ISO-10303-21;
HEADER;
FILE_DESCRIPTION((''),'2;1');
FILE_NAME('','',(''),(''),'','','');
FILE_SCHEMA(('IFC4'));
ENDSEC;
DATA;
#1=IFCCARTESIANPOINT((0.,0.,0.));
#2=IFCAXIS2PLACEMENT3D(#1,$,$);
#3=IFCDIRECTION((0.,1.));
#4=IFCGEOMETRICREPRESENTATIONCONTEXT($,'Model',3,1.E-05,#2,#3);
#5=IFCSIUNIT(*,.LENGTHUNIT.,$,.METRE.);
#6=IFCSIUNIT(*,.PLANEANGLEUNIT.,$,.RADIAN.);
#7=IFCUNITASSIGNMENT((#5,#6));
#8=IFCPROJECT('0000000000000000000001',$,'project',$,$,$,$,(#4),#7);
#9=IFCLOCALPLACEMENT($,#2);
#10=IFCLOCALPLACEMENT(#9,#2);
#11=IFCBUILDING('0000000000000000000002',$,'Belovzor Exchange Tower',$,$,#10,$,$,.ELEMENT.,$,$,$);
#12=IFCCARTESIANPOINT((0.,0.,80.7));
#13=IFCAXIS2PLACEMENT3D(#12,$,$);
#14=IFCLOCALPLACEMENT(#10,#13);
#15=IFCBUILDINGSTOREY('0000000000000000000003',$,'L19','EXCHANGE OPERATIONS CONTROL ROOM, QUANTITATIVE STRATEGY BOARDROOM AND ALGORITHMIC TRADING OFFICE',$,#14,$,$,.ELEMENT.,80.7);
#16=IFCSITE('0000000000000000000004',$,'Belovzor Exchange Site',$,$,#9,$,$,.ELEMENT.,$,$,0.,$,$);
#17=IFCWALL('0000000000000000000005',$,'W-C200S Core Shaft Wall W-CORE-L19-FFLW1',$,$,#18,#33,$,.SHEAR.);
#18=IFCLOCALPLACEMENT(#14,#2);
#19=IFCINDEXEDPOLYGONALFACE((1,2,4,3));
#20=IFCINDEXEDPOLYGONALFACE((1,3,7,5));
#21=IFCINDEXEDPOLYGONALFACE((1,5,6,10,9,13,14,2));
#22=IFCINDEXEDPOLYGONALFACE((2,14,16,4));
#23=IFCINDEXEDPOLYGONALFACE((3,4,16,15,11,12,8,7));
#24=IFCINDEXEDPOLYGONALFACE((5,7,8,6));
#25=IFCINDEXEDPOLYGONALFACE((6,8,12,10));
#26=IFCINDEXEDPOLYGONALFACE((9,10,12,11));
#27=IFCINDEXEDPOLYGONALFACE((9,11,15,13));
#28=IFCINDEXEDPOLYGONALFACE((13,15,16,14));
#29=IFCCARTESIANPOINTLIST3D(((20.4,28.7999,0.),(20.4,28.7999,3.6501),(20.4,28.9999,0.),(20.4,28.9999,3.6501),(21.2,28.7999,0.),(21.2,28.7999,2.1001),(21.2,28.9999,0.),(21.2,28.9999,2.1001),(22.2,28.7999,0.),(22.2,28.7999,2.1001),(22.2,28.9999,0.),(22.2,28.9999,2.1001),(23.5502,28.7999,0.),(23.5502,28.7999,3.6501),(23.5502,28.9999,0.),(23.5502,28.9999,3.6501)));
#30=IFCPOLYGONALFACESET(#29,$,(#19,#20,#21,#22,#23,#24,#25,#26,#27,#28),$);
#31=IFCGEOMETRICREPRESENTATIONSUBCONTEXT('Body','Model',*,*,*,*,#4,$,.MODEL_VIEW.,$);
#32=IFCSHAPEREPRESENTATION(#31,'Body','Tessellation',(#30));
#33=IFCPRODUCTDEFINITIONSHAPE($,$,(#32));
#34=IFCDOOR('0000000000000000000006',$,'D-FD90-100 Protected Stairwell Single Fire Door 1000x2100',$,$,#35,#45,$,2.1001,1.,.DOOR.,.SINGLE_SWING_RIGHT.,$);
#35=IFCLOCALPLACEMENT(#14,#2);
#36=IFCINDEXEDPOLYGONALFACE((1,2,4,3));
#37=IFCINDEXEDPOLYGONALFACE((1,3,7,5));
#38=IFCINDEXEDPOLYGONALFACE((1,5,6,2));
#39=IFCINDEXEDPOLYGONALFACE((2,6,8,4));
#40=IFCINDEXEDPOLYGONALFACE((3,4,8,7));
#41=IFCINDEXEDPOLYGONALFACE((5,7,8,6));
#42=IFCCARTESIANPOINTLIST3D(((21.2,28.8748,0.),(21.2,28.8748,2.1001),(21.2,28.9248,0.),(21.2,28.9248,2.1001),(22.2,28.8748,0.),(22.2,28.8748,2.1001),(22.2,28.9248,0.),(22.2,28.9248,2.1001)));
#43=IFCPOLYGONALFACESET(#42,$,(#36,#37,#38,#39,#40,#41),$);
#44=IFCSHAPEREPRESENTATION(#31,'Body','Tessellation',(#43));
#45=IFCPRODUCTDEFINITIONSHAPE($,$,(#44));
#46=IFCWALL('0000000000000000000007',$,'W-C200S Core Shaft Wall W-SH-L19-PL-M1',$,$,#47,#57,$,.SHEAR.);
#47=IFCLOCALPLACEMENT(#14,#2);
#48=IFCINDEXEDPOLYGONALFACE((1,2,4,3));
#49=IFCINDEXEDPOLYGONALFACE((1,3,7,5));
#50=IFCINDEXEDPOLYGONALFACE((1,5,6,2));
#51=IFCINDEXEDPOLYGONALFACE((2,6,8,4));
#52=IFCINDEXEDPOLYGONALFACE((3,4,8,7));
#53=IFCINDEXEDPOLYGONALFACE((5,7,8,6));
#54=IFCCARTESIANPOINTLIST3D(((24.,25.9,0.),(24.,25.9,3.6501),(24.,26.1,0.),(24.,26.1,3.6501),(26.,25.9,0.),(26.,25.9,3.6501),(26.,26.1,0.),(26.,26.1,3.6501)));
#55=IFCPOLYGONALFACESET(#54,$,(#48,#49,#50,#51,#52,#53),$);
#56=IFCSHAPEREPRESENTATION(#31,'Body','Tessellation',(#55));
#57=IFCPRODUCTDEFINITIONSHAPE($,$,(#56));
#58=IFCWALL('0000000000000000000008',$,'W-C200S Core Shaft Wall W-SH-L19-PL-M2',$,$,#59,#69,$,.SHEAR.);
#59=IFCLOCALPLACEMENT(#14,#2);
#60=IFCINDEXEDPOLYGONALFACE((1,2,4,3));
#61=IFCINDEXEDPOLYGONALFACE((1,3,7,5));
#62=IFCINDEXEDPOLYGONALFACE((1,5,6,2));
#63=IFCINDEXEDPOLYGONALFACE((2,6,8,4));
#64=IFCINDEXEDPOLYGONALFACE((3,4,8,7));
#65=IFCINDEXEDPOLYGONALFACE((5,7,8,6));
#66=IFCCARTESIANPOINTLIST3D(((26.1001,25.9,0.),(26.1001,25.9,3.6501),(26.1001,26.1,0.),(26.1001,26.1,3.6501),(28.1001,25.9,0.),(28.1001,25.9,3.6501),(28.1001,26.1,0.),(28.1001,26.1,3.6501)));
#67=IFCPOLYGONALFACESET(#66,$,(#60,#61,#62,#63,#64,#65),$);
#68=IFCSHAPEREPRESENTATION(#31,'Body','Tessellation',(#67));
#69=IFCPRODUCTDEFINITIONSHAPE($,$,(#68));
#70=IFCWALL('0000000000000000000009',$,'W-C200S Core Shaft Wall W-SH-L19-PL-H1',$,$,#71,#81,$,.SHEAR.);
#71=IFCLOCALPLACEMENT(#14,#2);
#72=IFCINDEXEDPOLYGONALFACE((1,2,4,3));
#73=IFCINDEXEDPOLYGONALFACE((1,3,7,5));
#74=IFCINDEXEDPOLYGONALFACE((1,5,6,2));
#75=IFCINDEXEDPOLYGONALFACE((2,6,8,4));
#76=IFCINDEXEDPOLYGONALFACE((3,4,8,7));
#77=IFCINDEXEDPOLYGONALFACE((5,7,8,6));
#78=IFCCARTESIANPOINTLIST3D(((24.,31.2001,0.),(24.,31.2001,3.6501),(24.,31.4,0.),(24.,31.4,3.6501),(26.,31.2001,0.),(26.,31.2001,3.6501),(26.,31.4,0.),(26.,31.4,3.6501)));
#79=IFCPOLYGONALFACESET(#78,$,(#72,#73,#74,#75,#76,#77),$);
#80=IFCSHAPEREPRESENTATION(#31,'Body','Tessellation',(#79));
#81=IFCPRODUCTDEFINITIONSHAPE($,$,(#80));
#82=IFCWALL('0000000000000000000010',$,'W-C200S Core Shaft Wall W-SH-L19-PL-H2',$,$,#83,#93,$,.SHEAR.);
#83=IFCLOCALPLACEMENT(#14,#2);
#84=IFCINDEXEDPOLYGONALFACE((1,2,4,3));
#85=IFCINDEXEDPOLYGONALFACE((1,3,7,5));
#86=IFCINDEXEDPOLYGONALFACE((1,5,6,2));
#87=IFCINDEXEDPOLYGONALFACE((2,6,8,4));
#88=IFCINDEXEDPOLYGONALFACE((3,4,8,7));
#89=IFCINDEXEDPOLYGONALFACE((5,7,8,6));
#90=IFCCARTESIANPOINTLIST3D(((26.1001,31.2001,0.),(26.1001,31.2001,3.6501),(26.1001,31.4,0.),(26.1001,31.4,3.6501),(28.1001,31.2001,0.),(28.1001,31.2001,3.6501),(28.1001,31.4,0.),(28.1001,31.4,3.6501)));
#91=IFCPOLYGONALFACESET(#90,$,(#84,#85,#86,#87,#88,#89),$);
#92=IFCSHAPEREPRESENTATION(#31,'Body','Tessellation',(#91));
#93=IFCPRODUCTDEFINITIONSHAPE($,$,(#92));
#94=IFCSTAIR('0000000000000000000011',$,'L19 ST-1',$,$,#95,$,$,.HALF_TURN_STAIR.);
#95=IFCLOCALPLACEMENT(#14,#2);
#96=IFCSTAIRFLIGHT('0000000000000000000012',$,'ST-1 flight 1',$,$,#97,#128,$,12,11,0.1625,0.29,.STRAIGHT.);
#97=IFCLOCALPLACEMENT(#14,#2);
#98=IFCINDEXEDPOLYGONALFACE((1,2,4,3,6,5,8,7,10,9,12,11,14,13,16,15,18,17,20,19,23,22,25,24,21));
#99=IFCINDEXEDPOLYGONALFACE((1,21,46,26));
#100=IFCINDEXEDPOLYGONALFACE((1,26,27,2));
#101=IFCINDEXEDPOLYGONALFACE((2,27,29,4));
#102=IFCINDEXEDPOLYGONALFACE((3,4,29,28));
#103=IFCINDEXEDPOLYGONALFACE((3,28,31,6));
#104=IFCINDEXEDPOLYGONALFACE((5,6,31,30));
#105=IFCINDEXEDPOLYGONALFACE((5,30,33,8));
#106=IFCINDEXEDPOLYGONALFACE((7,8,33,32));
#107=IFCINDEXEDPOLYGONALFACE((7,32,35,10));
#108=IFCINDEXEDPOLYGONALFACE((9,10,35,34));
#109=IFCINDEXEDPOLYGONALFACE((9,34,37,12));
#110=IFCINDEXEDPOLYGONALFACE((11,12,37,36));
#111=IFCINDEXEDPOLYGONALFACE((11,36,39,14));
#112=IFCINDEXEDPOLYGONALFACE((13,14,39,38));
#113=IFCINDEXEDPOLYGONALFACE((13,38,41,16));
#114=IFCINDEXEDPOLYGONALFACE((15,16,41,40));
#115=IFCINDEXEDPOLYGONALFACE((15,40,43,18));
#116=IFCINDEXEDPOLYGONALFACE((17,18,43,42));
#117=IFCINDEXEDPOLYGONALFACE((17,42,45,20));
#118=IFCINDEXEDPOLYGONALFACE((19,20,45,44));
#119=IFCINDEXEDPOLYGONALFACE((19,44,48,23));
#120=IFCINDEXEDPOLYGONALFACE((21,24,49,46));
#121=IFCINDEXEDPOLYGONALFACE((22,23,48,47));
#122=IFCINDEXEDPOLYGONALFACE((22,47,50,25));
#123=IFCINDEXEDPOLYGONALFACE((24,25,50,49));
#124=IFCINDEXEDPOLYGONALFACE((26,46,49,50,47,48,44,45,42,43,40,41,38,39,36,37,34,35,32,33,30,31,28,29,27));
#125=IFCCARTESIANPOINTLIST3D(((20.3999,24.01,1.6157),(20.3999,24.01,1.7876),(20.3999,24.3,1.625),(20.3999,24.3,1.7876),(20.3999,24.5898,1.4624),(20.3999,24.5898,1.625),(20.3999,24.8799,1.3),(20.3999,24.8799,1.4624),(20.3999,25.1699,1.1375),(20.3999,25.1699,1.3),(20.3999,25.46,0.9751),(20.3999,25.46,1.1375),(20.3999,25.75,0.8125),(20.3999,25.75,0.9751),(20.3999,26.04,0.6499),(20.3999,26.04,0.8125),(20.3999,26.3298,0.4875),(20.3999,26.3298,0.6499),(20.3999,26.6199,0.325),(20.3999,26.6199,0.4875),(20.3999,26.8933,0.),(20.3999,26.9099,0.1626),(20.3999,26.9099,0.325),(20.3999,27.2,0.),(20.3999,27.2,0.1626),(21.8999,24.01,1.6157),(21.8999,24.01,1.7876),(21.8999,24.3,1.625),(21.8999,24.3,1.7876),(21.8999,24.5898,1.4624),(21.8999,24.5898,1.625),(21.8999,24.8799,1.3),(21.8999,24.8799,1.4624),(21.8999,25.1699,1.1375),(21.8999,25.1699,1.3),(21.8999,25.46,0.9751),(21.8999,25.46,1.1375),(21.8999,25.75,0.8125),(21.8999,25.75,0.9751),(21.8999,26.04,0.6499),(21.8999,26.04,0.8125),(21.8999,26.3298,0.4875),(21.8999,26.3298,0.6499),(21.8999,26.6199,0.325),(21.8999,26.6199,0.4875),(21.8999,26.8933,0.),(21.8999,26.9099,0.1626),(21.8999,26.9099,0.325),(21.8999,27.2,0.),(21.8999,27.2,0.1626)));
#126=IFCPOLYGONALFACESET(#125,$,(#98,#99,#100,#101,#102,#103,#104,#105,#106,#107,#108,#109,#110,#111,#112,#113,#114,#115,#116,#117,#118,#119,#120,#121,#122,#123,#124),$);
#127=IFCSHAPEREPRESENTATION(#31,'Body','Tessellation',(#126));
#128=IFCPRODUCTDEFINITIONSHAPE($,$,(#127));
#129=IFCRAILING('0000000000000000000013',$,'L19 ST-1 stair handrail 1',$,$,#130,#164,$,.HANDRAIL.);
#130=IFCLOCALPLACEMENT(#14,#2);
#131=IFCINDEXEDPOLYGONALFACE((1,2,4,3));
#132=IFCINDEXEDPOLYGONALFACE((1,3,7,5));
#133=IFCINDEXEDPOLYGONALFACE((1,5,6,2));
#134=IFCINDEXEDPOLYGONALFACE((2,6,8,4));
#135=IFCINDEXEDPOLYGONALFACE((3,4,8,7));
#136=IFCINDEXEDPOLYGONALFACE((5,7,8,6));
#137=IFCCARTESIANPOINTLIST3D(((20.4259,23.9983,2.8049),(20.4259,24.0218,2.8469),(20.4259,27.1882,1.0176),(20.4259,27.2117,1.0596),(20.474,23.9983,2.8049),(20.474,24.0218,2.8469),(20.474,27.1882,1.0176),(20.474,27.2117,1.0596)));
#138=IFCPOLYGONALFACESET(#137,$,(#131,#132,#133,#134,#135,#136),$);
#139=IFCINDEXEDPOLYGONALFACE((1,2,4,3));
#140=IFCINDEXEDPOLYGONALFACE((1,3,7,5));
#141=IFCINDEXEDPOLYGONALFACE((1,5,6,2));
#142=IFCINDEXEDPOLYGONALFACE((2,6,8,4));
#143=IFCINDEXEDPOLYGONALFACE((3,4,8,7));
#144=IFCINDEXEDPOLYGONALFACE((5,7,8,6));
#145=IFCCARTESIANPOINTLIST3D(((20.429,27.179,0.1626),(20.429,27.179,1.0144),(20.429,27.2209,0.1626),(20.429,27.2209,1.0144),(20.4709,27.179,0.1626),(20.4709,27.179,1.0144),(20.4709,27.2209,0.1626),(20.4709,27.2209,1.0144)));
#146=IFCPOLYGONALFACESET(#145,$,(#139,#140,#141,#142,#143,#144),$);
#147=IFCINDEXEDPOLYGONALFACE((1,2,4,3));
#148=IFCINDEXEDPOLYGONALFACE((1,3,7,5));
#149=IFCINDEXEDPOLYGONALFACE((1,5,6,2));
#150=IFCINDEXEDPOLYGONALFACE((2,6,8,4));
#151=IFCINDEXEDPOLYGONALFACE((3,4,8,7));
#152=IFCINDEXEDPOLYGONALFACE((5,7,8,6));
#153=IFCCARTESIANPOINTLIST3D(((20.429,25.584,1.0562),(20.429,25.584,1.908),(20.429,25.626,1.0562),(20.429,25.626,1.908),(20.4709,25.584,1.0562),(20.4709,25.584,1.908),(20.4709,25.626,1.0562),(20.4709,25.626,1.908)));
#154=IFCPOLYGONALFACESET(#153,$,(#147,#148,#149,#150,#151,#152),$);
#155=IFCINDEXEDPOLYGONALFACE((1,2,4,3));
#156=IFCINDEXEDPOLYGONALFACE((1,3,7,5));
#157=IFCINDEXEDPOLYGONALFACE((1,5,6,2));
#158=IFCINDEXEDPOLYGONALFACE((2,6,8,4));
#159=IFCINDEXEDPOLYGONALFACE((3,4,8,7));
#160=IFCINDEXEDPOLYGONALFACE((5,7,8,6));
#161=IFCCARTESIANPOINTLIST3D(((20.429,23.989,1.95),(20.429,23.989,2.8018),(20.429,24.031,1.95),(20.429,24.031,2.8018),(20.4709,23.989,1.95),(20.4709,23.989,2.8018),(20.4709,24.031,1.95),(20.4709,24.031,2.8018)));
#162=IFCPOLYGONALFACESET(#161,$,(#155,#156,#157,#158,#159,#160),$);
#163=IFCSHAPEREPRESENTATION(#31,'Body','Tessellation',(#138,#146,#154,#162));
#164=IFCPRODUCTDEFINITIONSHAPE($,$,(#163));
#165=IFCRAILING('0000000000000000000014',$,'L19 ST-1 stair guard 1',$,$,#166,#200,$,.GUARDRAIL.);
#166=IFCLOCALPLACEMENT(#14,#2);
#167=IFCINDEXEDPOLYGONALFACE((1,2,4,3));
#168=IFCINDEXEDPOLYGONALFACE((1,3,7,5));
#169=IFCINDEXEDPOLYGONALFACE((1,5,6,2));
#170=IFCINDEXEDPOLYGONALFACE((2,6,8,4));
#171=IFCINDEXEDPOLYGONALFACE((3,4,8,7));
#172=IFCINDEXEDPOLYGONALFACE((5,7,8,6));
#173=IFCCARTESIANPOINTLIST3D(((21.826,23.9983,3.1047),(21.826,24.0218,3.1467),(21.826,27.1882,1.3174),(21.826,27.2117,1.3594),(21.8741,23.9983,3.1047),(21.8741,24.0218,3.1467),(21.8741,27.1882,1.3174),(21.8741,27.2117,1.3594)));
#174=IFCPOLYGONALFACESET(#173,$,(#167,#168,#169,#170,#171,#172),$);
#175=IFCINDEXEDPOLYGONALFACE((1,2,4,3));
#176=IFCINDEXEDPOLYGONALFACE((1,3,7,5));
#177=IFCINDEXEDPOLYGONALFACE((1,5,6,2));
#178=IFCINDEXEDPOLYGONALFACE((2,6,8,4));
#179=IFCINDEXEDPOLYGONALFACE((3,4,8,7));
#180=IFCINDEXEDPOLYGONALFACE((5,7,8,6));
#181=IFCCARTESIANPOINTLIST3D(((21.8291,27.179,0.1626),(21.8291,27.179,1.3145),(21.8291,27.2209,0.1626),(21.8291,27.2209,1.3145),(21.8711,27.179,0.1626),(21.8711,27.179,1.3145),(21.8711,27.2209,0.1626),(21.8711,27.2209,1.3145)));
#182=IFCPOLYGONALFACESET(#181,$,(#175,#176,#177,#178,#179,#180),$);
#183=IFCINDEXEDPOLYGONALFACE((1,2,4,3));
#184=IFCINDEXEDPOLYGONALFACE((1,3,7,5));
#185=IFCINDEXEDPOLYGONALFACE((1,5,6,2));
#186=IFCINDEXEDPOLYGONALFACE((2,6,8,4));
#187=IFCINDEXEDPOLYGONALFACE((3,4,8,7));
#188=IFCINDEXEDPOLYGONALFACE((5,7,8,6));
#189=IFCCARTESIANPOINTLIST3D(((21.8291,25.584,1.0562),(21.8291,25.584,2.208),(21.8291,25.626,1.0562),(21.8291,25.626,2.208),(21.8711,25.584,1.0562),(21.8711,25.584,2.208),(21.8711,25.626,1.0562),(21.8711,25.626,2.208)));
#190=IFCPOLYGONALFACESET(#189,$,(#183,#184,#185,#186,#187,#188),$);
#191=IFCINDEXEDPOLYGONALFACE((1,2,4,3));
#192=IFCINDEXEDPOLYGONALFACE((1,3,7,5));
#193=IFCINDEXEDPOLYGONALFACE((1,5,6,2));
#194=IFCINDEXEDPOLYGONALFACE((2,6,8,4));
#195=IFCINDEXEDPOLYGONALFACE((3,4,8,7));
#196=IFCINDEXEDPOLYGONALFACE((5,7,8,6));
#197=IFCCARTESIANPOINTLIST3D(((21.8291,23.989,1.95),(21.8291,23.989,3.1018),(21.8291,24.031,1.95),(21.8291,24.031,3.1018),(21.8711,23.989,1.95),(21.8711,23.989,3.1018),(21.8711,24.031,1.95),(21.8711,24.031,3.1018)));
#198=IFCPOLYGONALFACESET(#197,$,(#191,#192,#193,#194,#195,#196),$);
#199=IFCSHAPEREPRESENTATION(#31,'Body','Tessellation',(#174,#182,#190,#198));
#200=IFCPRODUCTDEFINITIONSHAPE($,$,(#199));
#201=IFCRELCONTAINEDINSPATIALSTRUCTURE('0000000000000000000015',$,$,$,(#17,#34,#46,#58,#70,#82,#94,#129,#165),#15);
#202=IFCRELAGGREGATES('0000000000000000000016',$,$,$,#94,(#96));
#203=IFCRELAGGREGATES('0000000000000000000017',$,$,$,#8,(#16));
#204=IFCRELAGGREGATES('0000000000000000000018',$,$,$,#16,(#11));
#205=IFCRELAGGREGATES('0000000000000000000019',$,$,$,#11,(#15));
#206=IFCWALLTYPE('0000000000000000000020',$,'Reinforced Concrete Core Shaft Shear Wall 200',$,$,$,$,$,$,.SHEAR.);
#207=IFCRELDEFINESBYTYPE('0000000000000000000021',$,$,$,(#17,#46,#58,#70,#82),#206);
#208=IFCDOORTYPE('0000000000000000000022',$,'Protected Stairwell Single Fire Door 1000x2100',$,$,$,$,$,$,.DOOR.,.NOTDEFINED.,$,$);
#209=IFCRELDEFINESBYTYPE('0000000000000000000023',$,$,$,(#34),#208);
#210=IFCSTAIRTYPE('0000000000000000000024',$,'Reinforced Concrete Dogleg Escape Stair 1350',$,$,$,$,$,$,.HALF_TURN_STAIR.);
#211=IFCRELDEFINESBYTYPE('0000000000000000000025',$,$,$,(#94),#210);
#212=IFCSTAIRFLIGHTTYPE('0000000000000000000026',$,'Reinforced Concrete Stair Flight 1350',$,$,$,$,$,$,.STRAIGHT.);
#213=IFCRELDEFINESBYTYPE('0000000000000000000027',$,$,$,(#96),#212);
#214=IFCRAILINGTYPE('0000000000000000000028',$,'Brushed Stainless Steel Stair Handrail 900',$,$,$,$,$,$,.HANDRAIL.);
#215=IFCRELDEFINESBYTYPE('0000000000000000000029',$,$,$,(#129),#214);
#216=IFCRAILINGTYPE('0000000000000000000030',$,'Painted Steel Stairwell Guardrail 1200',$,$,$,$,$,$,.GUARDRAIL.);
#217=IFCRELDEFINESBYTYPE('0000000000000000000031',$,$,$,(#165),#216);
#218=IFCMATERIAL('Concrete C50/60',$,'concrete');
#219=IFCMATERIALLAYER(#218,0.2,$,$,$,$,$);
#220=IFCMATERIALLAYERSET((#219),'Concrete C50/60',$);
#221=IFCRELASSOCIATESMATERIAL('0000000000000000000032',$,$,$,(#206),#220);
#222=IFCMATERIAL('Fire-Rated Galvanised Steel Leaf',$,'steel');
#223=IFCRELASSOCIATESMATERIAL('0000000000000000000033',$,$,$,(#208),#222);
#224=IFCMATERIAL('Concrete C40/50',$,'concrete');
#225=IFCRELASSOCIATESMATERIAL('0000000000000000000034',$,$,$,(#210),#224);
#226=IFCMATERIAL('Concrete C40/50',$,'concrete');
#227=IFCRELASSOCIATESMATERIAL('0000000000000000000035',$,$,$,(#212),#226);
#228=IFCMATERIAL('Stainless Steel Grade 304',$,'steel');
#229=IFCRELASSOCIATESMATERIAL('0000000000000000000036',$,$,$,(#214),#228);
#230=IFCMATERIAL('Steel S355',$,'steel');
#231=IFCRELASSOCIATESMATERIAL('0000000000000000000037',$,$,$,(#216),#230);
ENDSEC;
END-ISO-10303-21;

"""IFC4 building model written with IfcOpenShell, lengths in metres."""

from ifc_helpers import new_model, si_unit, direction, frame, frame_2d, origin, origin_2d, place, context, subcontext, project, spatial, polyline, rectangle, outline, extrude, material, layer, layer_set, type_object, element, fill, aggregate, save


model = new_model("IFC4")

# Units and contexts
model_context = context("Model", 3, precision=1e-05, world=origin(), true_north=direction((0.0, 1.0)))
body_context = subcontext(model_context, "Body", "Model", "MODEL_VIEW")
ifc_project = project(units=[si_unit("LENGTHUNIT", "METRE"), si_unit("PLANEANGLEUNIT", "RADIAN")], contexts=[model_context])

# Site, building, storey
site_placement = place(None, origin())
site = spatial("IfcSite", under=ifc_project, at=site_placement, Name="Belovzor Exchange Site", CompositionType="ELEMENT", RefElevation=0.0)
building_placement = place(site_placement, origin())
building = spatial("IfcBuilding", under=site, at=building_placement, Name="Belovzor Exchange Tower", CompositionType="ELEMENT")
storey_placement = place(building_placement, frame((0.0, 0.0, 80.7)))
storey = spatial("IfcBuildingStorey", under=building, at=storey_placement, Name="L19", Description="EXCHANGE OPERATIONS CONTROL ROOM, QUANTITATIVE STRATEGY BOARDROOM AND ALGORITHMIC TRADING OFFICE", CompositionType="ELEMENT", Elevation=80.7)

# Wall, opening, door
ifc_material_1 = material(Name="Concrete C50/60", Category="concrete")
ifc_layer_1 = layer(ifc_material_1, 0.2)
ifc_layer_set_1 = layer_set([ifc_layer_1], Name="Concrete C50/60")
wall_type_1 = type_object("IfcWallType", Name="Reinforced Concrete Core Shaft Shear Wall 200", PredefinedType="SHEAR", material=ifc_layer_set_1)
wall_1_placement = place(storey_placement, frame((20.3999, 28.8999, 0.0), z_axis=(0.0, 0.0, 1.0), x_axis=(1.0, 0.0, 0.0)))
wall_1 = element("IfcWall", 1, at=wall_1_placement, inside=storey, type_object=wall_type_1, Name="W-C200S Core Shaft Wall W-CORE-L19-FFLW1", PredefinedType="SHEAR", context=body_context, shape_type="SweptSolid", body=[
    extrude(rectangle(XDim=3.1501, YDim=0.2, at=frame_2d((1.5752, 0.0))), origin(), (0.0, 0.0, 1.0), 3.6501),
])
opening_1_placement = place(wall_1_placement, frame((0.8, 0.0, 0.0)))
opening_1 = element("IfcOpeningElement", 2, at=opening_1_placement, cuts=wall_1, PredefinedType="OPENING", context=body_context, shape_type="SweptSolid", body=[
    extrude(rectangle(XDim=1.0, YDim=2.1001, at=frame_2d((0.5, 1.05))), frame((0.0, 0.1099, 0.0), z_axis=(0.0, -1.0, 0.0), x_axis=(1.0, 0.0, 0.0)), (0.0, 0.0, 1.0), 0.22),
])
ifc_material_2 = material(Name="Fire-Rated Galvanised Steel Leaf", Category="steel")
door_type_1 = type_object("IfcDoorType", Name="Protected Stairwell Single Fire Door 1000x2100", OperationType="NOTDEFINED", PredefinedType="DOOR", material=ifc_material_2)
door_1_placement = place(opening_1_placement, origin())
door_1 = element("IfcDoor", 3, at=door_1_placement, inside=storey, type_object=door_type_1, Name="D-FD90-100 Protected Stairwell Single Fire Door 1000x2100", OperationType="SINGLE_SWING_RIGHT", OverallHeight=2.1001, OverallWidth=1.0, PredefinedType="DOOR", context=body_context, shape_type="SweptSolid", body=[
    extrude(rectangle(XDim=1.0, YDim=2.1001, at=frame_2d((0.5, 1.05))), frame((0.0, 0.0249, 0.0), z_axis=(0.0, -1.0, 0.0), x_axis=(1.0, 0.0, 0.0)), (0.0, 0.0, 1.0), 0.05),
])
fill(opening_1, door_1)

# Walls
for number, where, z_axis, x_axis, name in (
    (4, (24.0, 26.0, 0.0), (0.0, 0.0, 1.0), (1.0, 0.0, 0.0), "W-C200S Core Shaft Wall W-SH-L19-PL-M1"),
    (5, (26.1001, 26.0, 0.0), (0.0, 0.0, 1.0), (1.0, 0.0, 0.0), "W-C200S Core Shaft Wall W-SH-L19-PL-M2"),
    (6, (24.0, 31.3, 0.0), (0.0, 0.0, 1.0), (1.0, 0.0, 0.0), "W-C200S Core Shaft Wall W-SH-L19-PL-H1"),
    (7, (26.1001, 31.3, 0.0), (0.0, 0.0, 1.0), (1.0, 0.0, 0.0), "W-C200S Core Shaft Wall W-SH-L19-PL-H2"),
):
    element("IfcWall", number, at=place(storey_placement, frame(where, z_axis=z_axis, x_axis=x_axis)), inside=storey, type_object=wall_type_1, Name=name, PredefinedType="SHEAR", context=body_context, shape_type="SweptSolid", body=[
        extrude(rectangle(XDim=2.0, YDim=0.2, at=frame_2d((1.0, 0.0))), origin(), (0.0, 0.0, 1.0), 3.6501),
    ])

# Stair, stair flight
ifc_material_3 = material(Name="Concrete C40/50", Category="concrete")
stair_type = type_object("IfcStairType", Name="Reinforced Concrete Dogleg Escape Stair 1350", PredefinedType="HALF_TURN_STAIR", material=ifc_material_3)
stair_placement = place(storey_placement, origin())
stair = element("IfcStair", 8, at=stair_placement, inside=storey, type_object=stair_type, Name="L19 ST-1", PredefinedType="HALF_TURN_STAIR")
ifc_material_4 = material(Name="Concrete C40/50", Category="concrete")
stair_flight_type = type_object("IfcStairFlightType", Name="Reinforced Concrete Stair Flight 1350", PredefinedType="STRAIGHT", material=ifc_material_4)
stair_flight_placement = place(storey_placement, frame((21.1499, 27.2, 0.0), z_axis=(0.0, 0.0, 1.0), x_axis=(0.0, -1.0, 0.0)))
stair_flight = element("IfcStairFlight", 9, at=stair_flight_placement, type_object=stair_flight_type, Name="ST-1 flight 1", NumberOfRisers=12, NumberOfTreads=11, PredefinedType="STRAIGHT", RiserHeight=0.1625, TreadLength=0.29, context=body_context, shape_type="SweptSolid", body=[
    extrude(outline(polyline([(0.0, 0.0), (0.0, 0.1626), (0.29, 0.1626), (0.29, 0.325), (0.5801, 0.325), (0.5801, 0.4875), (0.8701, 0.4875), (0.8701, 0.6499), (1.1599, 0.6499), (1.1599, 0.8125), (1.45, 0.8125), (1.45, 0.9751), (1.74, 0.9751), (1.74, 1.1375), (2.03, 1.1375), (2.03, 1.3), (2.3201, 1.3), (2.3201, 1.4624), (2.6101, 1.4624), (2.6101, 1.625), (2.8999, 1.625), (2.8999, 1.7876), (3.1899, 1.7876), (3.1899, 1.95), (3.1899, 1.6157), (0.3066, 0.0), (0.0, 0.0)])), frame((0.0, 0.75, 0.0), z_axis=(0.0, -1.0, 0.0), x_axis=(1.0, 0.0, 0.0)), (0.0, 0.0, 1.0), 1.5),
])
aggregate(stair, [stair_flight])

# Railings
ifc_material_5 = material(Name="Stainless Steel Grade 304", Category="steel")
railing_type_1 = type_object("IfcRailingType", Name="Brushed Stainless Steel Stair Handrail 900", PredefinedType="HANDRAIL", material=ifc_material_5)
railing_1_placement = place(storey_placement, frame((20.45, 27.2, 0.1626)))
element("IfcRailing", 10, at=railing_1_placement, inside=storey, type_object=railing_type_1, Name="L19 ST-1 stair handrail 1", PredefinedType="HANDRAIL", context=body_context, shape_type="SweptSolid", body=[
    extrude(rectangle(XDim=0.0481, YDim=0.0481, at=origin_2d()), frame((0.0, 0.0, 0.876), z_axis=(0.0, -0.872391, 0.488809), x_axis=(1.0, 0.0, 0.0)), (0.0, 0.0, 1.0), 3.6565),
    extrude(rectangle(XDim=0.042, YDim=0.042, at=origin_2d()), origin(), (0.0, 0.0, 1.0), 0.8518),
    extrude(rectangle(XDim=0.042, YDim=0.042, at=origin_2d()), frame((0.0, -1.595, 0.8936)), (0.0, 0.0, 1.0), 0.8518),
    extrude(rectangle(XDim=0.042, YDim=0.042, at=origin_2d()), frame((0.0, -3.1899, 1.7874)), (0.0, 0.0, 1.0), 0.8518),
])
ifc_material_6 = material(Name="Steel S355", Category="steel")
railing_type_2 = type_object("IfcRailingType", Name="Painted Steel Stairwell Guardrail 1200", PredefinedType="GUARDRAIL", material=ifc_material_6)
railing_2_placement = place(storey_placement, frame((21.8501, 27.2, 0.1626)))
element("IfcRailing", 11, at=railing_2_placement, inside=storey, type_object=railing_type_2, Name="L19 ST-1 stair guard 1", PredefinedType="GUARDRAIL", context=body_context, shape_type="SweptSolid", body=[
    extrude(rectangle(XDim=0.0481, YDim=0.0481, at=origin_2d()), frame((0.0, 0.0, 1.1758), z_axis=(0.0, -0.872391, 0.488809), x_axis=(1.0, 0.0, 0.0)), (0.0, 0.0, 1.0), 3.6565),
    extrude(rectangle(XDim=0.042, YDim=0.042, at=origin_2d()), origin(), (0.0, 0.0, 1.0), 1.1519),
    extrude(rectangle(XDim=0.042, YDim=0.042, at=origin_2d()), frame((0.0, -1.595, 0.8936)), (0.0, 0.0, 1.0), 1.1519),
    extrude(rectangle(XDim=0.042, YDim=0.042, at=origin_2d()), frame((0.0, -3.1899, 1.7874)), (0.0, 0.0, 1.0), 1.1519),
])

save(model, "model.ifc")
